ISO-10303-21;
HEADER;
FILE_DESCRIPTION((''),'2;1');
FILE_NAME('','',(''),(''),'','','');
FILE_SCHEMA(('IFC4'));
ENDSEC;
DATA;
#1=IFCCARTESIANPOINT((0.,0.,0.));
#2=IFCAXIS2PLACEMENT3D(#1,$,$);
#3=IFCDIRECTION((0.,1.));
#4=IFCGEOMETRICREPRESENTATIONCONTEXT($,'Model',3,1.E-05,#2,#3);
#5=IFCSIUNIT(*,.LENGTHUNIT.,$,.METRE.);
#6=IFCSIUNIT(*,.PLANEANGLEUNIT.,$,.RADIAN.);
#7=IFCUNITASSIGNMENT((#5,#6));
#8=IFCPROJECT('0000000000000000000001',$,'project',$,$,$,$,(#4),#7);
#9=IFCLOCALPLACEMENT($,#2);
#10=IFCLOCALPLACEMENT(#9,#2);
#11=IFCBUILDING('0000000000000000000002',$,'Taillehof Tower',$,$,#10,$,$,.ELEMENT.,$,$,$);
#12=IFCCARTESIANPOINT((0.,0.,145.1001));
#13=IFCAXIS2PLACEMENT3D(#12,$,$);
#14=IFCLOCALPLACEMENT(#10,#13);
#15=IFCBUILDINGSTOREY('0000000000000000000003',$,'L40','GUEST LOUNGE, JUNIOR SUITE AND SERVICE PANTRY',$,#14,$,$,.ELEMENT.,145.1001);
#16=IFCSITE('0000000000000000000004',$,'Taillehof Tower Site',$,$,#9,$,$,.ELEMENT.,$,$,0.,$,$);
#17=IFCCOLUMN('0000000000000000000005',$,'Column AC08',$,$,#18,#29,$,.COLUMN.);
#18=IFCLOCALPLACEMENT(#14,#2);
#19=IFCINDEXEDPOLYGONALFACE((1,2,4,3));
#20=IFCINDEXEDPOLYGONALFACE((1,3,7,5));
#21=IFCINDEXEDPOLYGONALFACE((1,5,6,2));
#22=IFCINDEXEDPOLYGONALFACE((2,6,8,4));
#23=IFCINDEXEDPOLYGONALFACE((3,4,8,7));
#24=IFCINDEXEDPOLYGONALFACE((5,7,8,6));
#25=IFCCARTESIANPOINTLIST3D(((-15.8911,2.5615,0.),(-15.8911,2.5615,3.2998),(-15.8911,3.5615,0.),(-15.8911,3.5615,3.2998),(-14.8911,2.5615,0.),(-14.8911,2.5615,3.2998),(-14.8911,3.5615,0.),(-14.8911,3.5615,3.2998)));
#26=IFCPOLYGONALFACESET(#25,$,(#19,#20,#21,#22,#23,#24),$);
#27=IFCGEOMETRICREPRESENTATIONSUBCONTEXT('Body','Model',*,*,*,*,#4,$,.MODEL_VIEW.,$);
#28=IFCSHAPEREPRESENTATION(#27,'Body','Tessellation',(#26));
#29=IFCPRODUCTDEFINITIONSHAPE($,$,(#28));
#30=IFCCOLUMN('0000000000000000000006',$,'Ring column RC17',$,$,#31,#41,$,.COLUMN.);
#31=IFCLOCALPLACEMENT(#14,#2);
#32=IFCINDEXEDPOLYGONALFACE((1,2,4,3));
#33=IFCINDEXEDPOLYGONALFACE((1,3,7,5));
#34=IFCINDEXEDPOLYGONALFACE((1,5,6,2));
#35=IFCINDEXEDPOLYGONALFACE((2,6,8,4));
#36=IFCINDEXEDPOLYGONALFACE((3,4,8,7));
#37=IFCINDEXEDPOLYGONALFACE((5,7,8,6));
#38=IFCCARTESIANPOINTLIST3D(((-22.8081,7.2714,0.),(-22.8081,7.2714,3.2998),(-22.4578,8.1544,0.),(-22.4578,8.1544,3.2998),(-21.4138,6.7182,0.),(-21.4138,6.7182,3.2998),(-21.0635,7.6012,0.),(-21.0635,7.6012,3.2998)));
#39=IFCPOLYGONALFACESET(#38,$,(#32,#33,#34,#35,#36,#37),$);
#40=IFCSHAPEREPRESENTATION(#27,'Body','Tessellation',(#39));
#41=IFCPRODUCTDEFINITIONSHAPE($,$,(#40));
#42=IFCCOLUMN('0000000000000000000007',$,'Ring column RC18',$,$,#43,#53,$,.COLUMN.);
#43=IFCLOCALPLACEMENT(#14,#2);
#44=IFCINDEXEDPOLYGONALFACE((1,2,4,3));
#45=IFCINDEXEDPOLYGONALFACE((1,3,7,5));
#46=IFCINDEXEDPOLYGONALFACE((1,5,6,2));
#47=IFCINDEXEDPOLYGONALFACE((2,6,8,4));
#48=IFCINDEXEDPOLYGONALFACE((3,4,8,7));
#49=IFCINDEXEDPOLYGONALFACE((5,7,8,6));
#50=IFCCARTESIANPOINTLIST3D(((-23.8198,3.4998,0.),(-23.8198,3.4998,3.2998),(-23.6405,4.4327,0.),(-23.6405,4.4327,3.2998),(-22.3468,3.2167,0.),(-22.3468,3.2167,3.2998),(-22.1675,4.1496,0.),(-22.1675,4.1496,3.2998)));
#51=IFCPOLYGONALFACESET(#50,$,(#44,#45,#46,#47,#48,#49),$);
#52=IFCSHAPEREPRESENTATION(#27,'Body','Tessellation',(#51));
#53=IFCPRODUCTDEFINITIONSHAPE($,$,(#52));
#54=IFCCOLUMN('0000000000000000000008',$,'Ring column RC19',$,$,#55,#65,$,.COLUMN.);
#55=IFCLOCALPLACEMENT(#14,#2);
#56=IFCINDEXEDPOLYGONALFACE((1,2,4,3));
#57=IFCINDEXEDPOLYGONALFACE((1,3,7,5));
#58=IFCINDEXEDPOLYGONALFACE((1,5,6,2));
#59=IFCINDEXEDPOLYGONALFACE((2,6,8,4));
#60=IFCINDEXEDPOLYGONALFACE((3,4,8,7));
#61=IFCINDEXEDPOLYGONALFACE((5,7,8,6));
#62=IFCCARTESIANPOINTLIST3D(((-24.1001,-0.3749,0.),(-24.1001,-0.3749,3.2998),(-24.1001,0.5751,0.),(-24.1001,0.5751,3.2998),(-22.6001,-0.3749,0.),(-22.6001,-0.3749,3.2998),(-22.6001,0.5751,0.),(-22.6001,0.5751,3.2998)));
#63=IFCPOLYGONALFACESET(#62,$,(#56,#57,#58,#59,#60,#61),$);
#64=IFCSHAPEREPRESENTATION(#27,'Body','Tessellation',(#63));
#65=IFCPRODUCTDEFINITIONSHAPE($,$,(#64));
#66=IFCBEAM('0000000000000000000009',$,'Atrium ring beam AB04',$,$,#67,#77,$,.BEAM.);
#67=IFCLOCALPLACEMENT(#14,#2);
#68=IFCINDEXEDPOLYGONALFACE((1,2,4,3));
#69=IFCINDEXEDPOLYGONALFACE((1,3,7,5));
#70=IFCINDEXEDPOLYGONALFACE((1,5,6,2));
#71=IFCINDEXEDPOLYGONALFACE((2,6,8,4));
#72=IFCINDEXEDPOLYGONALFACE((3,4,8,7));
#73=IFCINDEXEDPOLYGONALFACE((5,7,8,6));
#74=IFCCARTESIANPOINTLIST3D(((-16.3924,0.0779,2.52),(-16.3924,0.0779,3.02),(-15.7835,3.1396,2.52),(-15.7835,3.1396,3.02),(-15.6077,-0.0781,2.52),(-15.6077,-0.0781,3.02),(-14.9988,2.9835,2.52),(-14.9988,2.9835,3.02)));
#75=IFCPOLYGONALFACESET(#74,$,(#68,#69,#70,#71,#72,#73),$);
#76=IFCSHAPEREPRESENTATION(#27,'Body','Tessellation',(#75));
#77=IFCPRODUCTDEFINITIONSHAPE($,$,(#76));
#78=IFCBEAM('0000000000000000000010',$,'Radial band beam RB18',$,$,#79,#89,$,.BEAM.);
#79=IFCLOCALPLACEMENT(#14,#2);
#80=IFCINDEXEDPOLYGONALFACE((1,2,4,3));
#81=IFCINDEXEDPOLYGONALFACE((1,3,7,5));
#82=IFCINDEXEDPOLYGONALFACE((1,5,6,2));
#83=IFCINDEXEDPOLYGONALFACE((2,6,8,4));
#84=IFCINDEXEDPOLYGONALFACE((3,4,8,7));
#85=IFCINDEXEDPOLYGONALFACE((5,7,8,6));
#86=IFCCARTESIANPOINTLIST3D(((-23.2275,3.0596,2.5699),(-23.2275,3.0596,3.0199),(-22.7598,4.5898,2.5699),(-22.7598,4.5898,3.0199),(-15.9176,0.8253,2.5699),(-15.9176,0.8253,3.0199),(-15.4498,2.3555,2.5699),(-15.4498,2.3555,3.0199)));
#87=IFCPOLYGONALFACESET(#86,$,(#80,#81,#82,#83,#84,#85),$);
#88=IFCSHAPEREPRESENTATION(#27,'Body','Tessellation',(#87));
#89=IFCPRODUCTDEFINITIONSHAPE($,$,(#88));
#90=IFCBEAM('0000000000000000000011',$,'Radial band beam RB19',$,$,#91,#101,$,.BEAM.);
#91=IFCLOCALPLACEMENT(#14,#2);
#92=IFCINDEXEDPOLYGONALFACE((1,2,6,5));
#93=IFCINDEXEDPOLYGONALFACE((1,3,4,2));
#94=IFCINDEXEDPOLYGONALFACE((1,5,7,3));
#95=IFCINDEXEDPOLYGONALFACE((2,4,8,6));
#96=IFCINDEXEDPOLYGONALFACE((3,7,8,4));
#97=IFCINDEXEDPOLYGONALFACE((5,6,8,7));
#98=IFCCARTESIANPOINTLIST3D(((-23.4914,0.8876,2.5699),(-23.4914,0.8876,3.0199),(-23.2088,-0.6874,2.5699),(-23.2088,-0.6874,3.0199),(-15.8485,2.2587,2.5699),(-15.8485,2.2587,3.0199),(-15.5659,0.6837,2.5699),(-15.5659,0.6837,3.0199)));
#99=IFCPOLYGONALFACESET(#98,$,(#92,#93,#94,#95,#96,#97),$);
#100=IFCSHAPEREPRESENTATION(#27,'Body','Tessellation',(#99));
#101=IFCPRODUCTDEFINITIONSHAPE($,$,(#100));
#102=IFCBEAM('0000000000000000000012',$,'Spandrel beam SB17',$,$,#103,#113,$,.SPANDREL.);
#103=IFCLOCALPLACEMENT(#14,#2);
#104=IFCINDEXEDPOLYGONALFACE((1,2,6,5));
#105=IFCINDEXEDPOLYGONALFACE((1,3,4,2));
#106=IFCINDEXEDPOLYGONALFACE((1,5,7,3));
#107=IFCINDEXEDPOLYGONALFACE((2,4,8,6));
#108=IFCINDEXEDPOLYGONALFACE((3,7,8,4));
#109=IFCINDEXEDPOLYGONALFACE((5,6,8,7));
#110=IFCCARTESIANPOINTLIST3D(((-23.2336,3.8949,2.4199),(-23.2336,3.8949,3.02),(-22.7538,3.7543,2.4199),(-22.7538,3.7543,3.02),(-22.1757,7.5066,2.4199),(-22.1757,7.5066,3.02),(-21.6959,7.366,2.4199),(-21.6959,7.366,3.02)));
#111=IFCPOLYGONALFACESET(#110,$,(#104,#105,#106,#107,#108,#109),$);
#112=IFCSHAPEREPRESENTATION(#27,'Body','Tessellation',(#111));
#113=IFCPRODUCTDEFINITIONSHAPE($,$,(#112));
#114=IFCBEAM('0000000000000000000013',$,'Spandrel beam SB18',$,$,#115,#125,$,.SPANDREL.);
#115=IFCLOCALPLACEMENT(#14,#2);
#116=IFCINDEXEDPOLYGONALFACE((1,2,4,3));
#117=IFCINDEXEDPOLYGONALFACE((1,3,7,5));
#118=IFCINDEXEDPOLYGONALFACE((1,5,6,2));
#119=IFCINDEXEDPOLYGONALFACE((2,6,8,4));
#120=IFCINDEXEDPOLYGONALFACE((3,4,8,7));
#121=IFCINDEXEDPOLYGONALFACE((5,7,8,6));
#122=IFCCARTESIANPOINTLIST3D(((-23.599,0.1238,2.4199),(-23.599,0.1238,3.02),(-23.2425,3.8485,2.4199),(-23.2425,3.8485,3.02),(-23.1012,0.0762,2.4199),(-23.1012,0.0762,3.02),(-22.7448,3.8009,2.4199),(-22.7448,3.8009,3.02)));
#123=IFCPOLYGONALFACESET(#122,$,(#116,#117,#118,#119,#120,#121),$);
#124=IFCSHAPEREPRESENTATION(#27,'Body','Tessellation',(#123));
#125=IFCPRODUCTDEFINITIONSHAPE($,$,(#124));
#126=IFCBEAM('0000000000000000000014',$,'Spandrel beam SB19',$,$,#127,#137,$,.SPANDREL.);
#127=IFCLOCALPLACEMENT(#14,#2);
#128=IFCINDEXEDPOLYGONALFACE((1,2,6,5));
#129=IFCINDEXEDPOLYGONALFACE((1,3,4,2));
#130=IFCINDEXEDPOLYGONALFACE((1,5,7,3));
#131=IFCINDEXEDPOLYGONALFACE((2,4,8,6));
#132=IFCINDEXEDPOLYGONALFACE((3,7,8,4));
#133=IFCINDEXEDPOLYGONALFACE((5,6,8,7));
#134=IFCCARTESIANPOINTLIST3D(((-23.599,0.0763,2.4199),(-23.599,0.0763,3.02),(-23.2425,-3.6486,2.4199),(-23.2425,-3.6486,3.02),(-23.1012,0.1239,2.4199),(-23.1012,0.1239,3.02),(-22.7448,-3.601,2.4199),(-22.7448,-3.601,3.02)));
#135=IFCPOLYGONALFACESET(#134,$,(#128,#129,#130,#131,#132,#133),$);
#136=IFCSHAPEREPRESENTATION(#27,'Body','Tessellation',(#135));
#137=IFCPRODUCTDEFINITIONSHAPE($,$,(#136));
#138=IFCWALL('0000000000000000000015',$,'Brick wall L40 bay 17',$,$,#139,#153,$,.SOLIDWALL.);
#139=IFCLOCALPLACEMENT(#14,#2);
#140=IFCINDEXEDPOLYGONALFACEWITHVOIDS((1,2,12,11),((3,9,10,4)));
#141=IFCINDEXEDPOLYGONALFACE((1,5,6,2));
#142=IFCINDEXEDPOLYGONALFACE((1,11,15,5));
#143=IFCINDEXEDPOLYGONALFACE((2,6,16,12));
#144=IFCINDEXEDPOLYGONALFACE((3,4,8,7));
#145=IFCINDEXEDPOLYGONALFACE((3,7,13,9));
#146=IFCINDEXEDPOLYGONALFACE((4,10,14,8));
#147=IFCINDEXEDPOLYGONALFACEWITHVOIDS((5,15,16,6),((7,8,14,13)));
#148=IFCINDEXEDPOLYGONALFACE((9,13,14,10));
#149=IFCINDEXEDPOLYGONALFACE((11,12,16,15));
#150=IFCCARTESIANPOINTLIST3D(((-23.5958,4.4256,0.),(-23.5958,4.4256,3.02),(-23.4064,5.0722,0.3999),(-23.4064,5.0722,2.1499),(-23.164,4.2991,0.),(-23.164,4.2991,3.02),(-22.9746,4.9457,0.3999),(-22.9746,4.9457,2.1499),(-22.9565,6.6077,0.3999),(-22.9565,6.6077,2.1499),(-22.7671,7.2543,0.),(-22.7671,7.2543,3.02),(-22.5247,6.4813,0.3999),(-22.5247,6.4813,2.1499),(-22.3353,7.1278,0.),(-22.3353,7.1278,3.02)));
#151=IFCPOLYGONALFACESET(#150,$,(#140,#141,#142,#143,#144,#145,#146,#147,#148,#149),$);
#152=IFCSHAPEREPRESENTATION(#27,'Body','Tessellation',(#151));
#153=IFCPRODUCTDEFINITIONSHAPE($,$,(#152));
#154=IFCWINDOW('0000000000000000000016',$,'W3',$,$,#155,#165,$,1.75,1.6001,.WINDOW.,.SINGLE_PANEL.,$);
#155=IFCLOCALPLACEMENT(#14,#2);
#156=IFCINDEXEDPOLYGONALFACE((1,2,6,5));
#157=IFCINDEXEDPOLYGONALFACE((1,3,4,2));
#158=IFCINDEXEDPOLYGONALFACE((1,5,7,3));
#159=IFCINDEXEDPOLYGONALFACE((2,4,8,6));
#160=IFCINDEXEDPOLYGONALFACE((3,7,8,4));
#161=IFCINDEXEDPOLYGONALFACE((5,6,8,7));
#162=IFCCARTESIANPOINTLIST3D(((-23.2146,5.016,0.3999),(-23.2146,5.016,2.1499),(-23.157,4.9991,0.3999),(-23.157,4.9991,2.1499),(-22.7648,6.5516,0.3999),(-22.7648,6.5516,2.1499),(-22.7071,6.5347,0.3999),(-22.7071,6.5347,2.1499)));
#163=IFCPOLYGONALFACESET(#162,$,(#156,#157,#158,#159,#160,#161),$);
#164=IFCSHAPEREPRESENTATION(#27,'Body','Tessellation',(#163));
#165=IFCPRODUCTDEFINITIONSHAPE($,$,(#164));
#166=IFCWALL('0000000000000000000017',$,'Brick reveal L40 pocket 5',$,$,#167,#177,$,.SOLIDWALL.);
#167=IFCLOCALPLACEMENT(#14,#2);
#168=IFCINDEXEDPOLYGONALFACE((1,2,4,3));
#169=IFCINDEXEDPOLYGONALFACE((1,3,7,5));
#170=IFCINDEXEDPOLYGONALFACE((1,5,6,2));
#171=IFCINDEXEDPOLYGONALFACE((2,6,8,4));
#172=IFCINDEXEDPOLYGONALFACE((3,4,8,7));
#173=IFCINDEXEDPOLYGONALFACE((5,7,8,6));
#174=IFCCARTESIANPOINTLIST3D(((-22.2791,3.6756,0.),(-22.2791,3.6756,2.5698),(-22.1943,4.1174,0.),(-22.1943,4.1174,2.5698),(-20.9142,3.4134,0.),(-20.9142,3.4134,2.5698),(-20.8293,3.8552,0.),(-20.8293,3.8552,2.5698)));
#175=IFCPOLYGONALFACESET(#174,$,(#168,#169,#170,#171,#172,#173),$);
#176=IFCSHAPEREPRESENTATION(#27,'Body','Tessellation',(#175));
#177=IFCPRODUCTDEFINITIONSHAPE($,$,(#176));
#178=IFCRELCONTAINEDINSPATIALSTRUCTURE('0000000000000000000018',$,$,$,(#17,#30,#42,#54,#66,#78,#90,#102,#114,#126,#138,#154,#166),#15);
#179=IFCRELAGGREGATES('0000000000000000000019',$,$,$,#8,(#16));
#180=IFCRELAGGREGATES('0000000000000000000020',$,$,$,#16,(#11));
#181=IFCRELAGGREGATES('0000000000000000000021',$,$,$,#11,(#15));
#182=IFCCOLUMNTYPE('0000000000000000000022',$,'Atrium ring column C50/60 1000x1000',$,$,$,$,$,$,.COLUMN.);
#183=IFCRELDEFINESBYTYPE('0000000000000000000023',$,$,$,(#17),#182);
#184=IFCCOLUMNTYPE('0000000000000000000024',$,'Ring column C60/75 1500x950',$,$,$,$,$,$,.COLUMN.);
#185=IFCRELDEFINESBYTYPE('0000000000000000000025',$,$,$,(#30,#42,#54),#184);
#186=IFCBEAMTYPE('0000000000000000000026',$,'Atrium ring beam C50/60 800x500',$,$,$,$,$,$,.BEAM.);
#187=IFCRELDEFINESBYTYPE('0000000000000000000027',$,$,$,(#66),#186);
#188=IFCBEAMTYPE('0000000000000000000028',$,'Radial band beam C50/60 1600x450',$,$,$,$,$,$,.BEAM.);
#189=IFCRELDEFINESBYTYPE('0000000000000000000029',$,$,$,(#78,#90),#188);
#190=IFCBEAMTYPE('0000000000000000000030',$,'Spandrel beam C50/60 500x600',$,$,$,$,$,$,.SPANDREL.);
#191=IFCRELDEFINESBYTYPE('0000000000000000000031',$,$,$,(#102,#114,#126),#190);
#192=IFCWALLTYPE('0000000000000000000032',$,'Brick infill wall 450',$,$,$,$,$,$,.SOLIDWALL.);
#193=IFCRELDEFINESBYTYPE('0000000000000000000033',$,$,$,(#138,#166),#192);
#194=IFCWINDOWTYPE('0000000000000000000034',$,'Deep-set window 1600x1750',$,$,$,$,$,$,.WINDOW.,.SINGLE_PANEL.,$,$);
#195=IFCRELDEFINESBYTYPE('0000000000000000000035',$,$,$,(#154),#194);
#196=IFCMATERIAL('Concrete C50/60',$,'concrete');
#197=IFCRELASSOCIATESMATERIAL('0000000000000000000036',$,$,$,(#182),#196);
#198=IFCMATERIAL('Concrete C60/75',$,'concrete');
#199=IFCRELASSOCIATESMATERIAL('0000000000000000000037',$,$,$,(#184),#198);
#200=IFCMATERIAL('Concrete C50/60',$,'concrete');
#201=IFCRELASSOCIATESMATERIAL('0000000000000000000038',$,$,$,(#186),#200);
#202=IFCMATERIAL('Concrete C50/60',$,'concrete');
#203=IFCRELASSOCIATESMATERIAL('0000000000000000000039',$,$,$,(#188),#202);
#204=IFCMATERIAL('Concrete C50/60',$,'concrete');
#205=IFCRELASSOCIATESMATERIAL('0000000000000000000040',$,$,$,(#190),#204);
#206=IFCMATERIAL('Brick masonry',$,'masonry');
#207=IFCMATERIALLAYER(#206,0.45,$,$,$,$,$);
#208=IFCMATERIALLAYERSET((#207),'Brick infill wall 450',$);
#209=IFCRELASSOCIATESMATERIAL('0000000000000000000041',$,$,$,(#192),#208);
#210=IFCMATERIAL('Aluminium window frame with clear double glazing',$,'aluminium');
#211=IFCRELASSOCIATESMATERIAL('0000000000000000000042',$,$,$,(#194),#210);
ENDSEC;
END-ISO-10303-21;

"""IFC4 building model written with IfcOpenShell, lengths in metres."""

from ifc_helpers import new_model, si_unit, direction, frame, frame_2d, origin, origin_2d, place, context, subcontext, project, spatial, rectangle, extrude, material, layer, layer_set, material_profile, profile_set, type_object, element, fill, save


model = new_model("IFC4")

# Units and contexts
model_context = context("Model", 3, precision=1e-05, world=origin(), true_north=direction((0.0, 1.0)))
body_context = subcontext(model_context, "Body", "Model", "MODEL_VIEW")
ifc_project = project(units=[si_unit("LENGTHUNIT", "METRE"), si_unit("PLANEANGLEUNIT", "RADIAN")], contexts=[model_context])

# Site, building, storey
site_placement = place(None, origin())
site = spatial("IfcSite", under=ifc_project, at=site_placement, Name="Taillehof Tower Site", CompositionType="ELEMENT", RefElevation=0.0)
building_placement = place(site_placement, origin())
building = spatial("IfcBuilding", under=site, at=building_placement, Name="Taillehof Tower", CompositionType="ELEMENT")
storey_placement = place(building_placement, frame((0.0, 0.0, 145.1001)))
storey = spatial("IfcBuildingStorey", under=building, at=storey_placement, Name="L40", Description="GUEST LOUNGE, JUNIOR SUITE AND SERVICE PANTRY", CompositionType="ELEMENT", Elevation=145.1001)

# Columns
ifc_material_1 = material(Name="Concrete C50/60", Category="concrete")
ifc_material_profile_1 = material_profile(ifc_material_1, rectangle(XDim=1.0, YDim=1.0, at=origin_2d()), Name="RC 1000x1000")
ifc_profile_set_1 = profile_set([ifc_material_profile_1], Name="Concrete C50/60")
column_type_1 = type_object("IfcColumnType", Name="Atrium ring column C50/60 1000x1000", PredefinedType="COLUMN", material=ifc_profile_set_1)
column_placement = place(storey_placement, frame((-15.3911, 3.0615, 0.0), z_axis=(0.0, 0.0, 1.0), x_axis=(1.0, 0.0, 0.0)))
element("IfcColumn", 1, at=column_placement, inside=storey, type_object=column_type_1, Name="Column AC08", PredefinedType="COLUMN", context=body_context, shape_type="SweptSolid", body=[
    extrude(rectangle(XDim=1.0, YDim=1.0, at=origin_2d()), origin(), (0.0, 0.0, 1.0), 3.2998),
])
ifc_material_2 = material(Name="Concrete C60/75", Category="concrete")
ifc_material_profile_2 = material_profile(ifc_material_2, rectangle(XDim=1.5, YDim=0.95, at=origin_2d()), Name="RC 1500x950")
ifc_profile_set_2 = profile_set([ifc_material_profile_2], Name="Concrete C60/75")
column_type_2 = type_object("IfcColumnType", Name="Ring column C60/75 1500x950", PredefinedType="COLUMN", material=ifc_profile_set_2)
for number, where, z_axis, x_axis, name in (
    (2, (-21.9358, 7.4363, 0.0), (0.0, 0.0, 1.0), (-0.929511, 0.368793, 0.0), "Ring column RC17"),
    (3, (-22.9937, 3.8247, 0.0), (0.0, 0.0, 1.0), (-0.982024, 0.188757, 0.0), "Ring column RC18"),
    (4, (-23.3501, 0.1001, 0.0), (0.0, 0.0, 1.0), (-1.0, 0.0, 0.0), "Ring column RC19"),
):
    element("IfcColumn", number, at=place(storey_placement, frame(where, z_axis=z_axis, x_axis=x_axis)), inside=storey, type_object=column_type_2, Name=name, PredefinedType="COLUMN", context=body_context, shape_type="SweptSolid", body=[
        extrude(rectangle(XDim=1.5, YDim=0.95, at=origin_2d()), origin(), (0.0, 0.0, 1.0), 3.2998),
    ])

# Beams
ifc_material_3 = material(Name="Concrete C50/60", Category="concrete")
ifc_material_profile_3 = material_profile(ifc_material_3, rectangle(XDim=0.8, YDim=0.5, at=origin_2d()), Name="RC 800x500")
ifc_profile_set_3 = profile_set([ifc_material_profile_3], Name="Concrete C50/60")
beam_type_1 = type_object("IfcBeamType", Name="Atrium ring beam C50/60 800x500", PredefinedType="BEAM", material=ifc_profile_set_3)
beam_1_placement = place(storey_placement, frame((-15.3911, 3.0615, 2.77), z_axis=(-0.195063, -0.980791, 0.0), x_axis=(0.980791, -0.195063, 0.0)))
element("IfcBeam", 5, at=beam_1_placement, inside=storey, type_object=beam_type_1, Name="Atrium ring beam AB04", PredefinedType="BEAM", context=body_context, shape_type="SweptSolid", body=[
    extrude(rectangle(XDim=0.8, YDim=0.5, at=origin_2d()), origin(), (0.0, 0.0, 1.0), 3.1216),
])
ifc_material_4 = material(Name="Concrete C50/60", Category="concrete")
ifc_material_profile_4 = material_profile(ifc_material_4, rectangle(XDim=1.6001, YDim=0.45, at=origin_2d()), Name="RC 1600x450")
ifc_profile_set_4 = profile_set([ifc_material_profile_4], Name="Concrete C50/60")
beam_type_2 = type_object("IfcBeamType", Name="Radial band beam C50/60 1600x450", PredefinedType="BEAM", material=ifc_profile_set_4)
beam_2_placement = place(storey_placement, frame((-22.9937, 3.8247, 2.7949), z_axis=(0.956324, -0.292308, 0.0), x_axis=(0.292308, 0.956324, 0.0)))
element("IfcBeam", 6, at=beam_2_placement, inside=storey, type_object=beam_type_2, Name="Radial band beam RB18", PredefinedType="BEAM", context=body_context, shape_type="SweptSolid", body=[
    extrude(rectangle(XDim=1.6001, YDim=0.45, at=origin_2d()), origin(), (0.0, 0.0, 1.0), 7.6438),
])
beam_3_placement = place(storey_placement, frame((-23.3501, 0.1001, 2.7949), z_axis=(0.984287, 0.176577, 0.0), x_axis=(-0.176577, 0.984287, 0.0)))
element("IfcBeam", 7, at=beam_3_placement, inside=storey, type_object=beam_type_2, Name="Radial band beam RB19", PredefinedType="BEAM", context=body_context, shape_type="SweptSolid", body=[
    extrude(rectangle(XDim=1.6001, YDim=0.45, at=origin_2d()), origin(), (0.0, 0.0, 1.0), 7.7649),
])
ifc_material_5 = material(Name="Concrete C50/60", Category="concrete")
ifc_material_profile_5 = material_profile(ifc_material_5, rectangle(XDim=0.5, YDim=0.6001, at=origin_2d()), Name="RC 500x600")
ifc_profile_set_5 = profile_set([ifc_material_profile_5], Name="Concrete C50/60")
beam_type_3 = type_object("IfcBeamType", Name="Spandrel beam C50/60 500x600", PredefinedType="SPANDREL", material=ifc_profile_set_5)
beam_4_placement = place(storey_placement, frame((-21.9358, 7.4363, 2.72), z_axis=(-0.281098, -0.959679, 0.0), x_axis=(0.959679, -0.281098, 0.0)))
element("IfcBeam", 8, at=beam_4_placement, inside=storey, type_object=beam_type_3, Name="Spandrel beam SB17", PredefinedType="SPANDREL", context=body_context, shape_type="SweptSolid", body=[
    extrude(rectangle(XDim=0.5, YDim=0.6001, at=origin_2d()), origin(), (0.0, 0.0, 1.0), 3.7634),
])
beam_5_placement = place(storey_placement, frame((-22.9937, 3.8247, 2.72), z_axis=(-0.095265, -0.995452, 0.0), x_axis=(0.995452, -0.095265, 0.0)))
element("IfcBeam", 9, at=beam_5_placement, inside=storey, type_object=beam_type_3, Name="Spandrel beam SB18", PredefinedType="SPANDREL", context=body_context, shape_type="SweptSolid", body=[
    extrude(rectangle(XDim=0.5, YDim=0.6001, at=origin_2d()), origin(), (0.0, 0.0, 1.0), 3.7417),
])
beam_6_placement = place(storey_placement, frame((-23.3501, 0.1001, 2.72), z_axis=(0.095259, -0.995453, 0.0), x_axis=(0.995453, 0.095259, 0.0)))
element("IfcBeam", 10, at=beam_6_placement, inside=storey, type_object=beam_type_3, Name="Spandrel beam SB19", PredefinedType="SPANDREL", context=body_context, shape_type="SweptSolid", body=[
    extrude(rectangle(XDim=0.5, YDim=0.6001, at=origin_2d()), origin(), (0.0, 0.0, 1.0), 3.7419),
])

# Wall, opening, window
ifc_material_6 = material(Name="Brick masonry", Category="masonry")
ifc_layer_1 = layer(ifc_material_6, 0.45)
ifc_layer_set_1 = layer_set([ifc_layer_1], Name="Brick infill wall 450")
wall_type_1 = type_object("IfcWallType", Name="Brick infill wall 450", PredefinedType="SOLIDWALL", material=ifc_layer_set_1)
wall_1_placement = place(storey_placement, frame((-22.5513, 7.1909, 0.0), z_axis=(0.0, 0.0, 1.0), x_axis=(-0.281126, -0.959671, 0.0)))
wall_1 = element("IfcWall", 11, at=wall_1_placement, inside=storey, type_object=wall_type_1, Name="Brick wall L40 bay 17", PredefinedType="SOLIDWALL", context=body_context, shape_type="SweptSolid", body=[
    extrude(rectangle(XDim=2.9475, YDim=0.45, at=frame_2d((1.4736, 0.0))), origin(), (0.0, 0.0, 1.0), 3.02),
])
opening_1_placement = place(wall_1_placement, frame((0.6736, 0.0, 0.3999)))
opening_1 = element("IfcOpeningElement", 12, at=opening_1_placement, cuts=wall_1, PredefinedType="OPENING", context=body_context, shape_type="SweptSolid", body=[
    extrude(rectangle(XDim=1.6001, YDim=1.75, at=frame_2d((0.8, 0.875))), frame((0.0, 0.2349, 0.0), z_axis=(0.0, -1.0, 0.0), x_axis=(1.0, 0.0, 0.0)), (0.0, 0.0, 1.0), 0.47),
])
ifc_material_7 = material(Name="Aluminium window frame with clear double glazing", Category="aluminium")
window_type_1 = type_object("IfcWindowType", Name="Deep-set window 1600x1750", PartitioningType="SINGLE_PANEL", PredefinedType="WINDOW", material=ifc_material_7)
window_1_placement = place(opening_1_placement, origin())
window_1 = element("IfcWindow", 13, at=window_1_placement, inside=storey, type_object=window_type_1, Name="W3", OverallHeight=1.75, OverallWidth=1.6001, PartitioningType="SINGLE_PANEL", PredefinedType="WINDOW", context=body_context, shape_type="SweptSolid", body=[
    extrude(rectangle(XDim=1.6001, YDim=1.75, at=frame_2d((0.8, 0.875))), frame((0.0, 0.0349, 0.0), z_axis=(0.0, -1.0, 0.0), x_axis=(1.0, 0.0, 0.0)), (0.0, 0.0, 1.0), 0.0601),
])
fill(opening_1, window_1)

# Wall
wall_2_placement = place(storey_placement, frame((-22.2366, 3.8965, 0.0), z_axis=(0.0, 0.0, 1.0), x_axis=(0.982045, -0.188645, 0.0)))
element("IfcWall", 14, at=wall_2_placement, inside=storey, type_object=wall_type_1, Name="Brick reveal L40 pocket 5", PredefinedType="SOLIDWALL", context=body_context, shape_type="SweptSolid", body=[
    extrude(rectangle(XDim=1.3899, YDim=0.45, at=frame_2d((0.6948, 0.0))), origin(), (0.0, 0.0, 1.0), 2.5698),
])

save(model, "model.ifc")
